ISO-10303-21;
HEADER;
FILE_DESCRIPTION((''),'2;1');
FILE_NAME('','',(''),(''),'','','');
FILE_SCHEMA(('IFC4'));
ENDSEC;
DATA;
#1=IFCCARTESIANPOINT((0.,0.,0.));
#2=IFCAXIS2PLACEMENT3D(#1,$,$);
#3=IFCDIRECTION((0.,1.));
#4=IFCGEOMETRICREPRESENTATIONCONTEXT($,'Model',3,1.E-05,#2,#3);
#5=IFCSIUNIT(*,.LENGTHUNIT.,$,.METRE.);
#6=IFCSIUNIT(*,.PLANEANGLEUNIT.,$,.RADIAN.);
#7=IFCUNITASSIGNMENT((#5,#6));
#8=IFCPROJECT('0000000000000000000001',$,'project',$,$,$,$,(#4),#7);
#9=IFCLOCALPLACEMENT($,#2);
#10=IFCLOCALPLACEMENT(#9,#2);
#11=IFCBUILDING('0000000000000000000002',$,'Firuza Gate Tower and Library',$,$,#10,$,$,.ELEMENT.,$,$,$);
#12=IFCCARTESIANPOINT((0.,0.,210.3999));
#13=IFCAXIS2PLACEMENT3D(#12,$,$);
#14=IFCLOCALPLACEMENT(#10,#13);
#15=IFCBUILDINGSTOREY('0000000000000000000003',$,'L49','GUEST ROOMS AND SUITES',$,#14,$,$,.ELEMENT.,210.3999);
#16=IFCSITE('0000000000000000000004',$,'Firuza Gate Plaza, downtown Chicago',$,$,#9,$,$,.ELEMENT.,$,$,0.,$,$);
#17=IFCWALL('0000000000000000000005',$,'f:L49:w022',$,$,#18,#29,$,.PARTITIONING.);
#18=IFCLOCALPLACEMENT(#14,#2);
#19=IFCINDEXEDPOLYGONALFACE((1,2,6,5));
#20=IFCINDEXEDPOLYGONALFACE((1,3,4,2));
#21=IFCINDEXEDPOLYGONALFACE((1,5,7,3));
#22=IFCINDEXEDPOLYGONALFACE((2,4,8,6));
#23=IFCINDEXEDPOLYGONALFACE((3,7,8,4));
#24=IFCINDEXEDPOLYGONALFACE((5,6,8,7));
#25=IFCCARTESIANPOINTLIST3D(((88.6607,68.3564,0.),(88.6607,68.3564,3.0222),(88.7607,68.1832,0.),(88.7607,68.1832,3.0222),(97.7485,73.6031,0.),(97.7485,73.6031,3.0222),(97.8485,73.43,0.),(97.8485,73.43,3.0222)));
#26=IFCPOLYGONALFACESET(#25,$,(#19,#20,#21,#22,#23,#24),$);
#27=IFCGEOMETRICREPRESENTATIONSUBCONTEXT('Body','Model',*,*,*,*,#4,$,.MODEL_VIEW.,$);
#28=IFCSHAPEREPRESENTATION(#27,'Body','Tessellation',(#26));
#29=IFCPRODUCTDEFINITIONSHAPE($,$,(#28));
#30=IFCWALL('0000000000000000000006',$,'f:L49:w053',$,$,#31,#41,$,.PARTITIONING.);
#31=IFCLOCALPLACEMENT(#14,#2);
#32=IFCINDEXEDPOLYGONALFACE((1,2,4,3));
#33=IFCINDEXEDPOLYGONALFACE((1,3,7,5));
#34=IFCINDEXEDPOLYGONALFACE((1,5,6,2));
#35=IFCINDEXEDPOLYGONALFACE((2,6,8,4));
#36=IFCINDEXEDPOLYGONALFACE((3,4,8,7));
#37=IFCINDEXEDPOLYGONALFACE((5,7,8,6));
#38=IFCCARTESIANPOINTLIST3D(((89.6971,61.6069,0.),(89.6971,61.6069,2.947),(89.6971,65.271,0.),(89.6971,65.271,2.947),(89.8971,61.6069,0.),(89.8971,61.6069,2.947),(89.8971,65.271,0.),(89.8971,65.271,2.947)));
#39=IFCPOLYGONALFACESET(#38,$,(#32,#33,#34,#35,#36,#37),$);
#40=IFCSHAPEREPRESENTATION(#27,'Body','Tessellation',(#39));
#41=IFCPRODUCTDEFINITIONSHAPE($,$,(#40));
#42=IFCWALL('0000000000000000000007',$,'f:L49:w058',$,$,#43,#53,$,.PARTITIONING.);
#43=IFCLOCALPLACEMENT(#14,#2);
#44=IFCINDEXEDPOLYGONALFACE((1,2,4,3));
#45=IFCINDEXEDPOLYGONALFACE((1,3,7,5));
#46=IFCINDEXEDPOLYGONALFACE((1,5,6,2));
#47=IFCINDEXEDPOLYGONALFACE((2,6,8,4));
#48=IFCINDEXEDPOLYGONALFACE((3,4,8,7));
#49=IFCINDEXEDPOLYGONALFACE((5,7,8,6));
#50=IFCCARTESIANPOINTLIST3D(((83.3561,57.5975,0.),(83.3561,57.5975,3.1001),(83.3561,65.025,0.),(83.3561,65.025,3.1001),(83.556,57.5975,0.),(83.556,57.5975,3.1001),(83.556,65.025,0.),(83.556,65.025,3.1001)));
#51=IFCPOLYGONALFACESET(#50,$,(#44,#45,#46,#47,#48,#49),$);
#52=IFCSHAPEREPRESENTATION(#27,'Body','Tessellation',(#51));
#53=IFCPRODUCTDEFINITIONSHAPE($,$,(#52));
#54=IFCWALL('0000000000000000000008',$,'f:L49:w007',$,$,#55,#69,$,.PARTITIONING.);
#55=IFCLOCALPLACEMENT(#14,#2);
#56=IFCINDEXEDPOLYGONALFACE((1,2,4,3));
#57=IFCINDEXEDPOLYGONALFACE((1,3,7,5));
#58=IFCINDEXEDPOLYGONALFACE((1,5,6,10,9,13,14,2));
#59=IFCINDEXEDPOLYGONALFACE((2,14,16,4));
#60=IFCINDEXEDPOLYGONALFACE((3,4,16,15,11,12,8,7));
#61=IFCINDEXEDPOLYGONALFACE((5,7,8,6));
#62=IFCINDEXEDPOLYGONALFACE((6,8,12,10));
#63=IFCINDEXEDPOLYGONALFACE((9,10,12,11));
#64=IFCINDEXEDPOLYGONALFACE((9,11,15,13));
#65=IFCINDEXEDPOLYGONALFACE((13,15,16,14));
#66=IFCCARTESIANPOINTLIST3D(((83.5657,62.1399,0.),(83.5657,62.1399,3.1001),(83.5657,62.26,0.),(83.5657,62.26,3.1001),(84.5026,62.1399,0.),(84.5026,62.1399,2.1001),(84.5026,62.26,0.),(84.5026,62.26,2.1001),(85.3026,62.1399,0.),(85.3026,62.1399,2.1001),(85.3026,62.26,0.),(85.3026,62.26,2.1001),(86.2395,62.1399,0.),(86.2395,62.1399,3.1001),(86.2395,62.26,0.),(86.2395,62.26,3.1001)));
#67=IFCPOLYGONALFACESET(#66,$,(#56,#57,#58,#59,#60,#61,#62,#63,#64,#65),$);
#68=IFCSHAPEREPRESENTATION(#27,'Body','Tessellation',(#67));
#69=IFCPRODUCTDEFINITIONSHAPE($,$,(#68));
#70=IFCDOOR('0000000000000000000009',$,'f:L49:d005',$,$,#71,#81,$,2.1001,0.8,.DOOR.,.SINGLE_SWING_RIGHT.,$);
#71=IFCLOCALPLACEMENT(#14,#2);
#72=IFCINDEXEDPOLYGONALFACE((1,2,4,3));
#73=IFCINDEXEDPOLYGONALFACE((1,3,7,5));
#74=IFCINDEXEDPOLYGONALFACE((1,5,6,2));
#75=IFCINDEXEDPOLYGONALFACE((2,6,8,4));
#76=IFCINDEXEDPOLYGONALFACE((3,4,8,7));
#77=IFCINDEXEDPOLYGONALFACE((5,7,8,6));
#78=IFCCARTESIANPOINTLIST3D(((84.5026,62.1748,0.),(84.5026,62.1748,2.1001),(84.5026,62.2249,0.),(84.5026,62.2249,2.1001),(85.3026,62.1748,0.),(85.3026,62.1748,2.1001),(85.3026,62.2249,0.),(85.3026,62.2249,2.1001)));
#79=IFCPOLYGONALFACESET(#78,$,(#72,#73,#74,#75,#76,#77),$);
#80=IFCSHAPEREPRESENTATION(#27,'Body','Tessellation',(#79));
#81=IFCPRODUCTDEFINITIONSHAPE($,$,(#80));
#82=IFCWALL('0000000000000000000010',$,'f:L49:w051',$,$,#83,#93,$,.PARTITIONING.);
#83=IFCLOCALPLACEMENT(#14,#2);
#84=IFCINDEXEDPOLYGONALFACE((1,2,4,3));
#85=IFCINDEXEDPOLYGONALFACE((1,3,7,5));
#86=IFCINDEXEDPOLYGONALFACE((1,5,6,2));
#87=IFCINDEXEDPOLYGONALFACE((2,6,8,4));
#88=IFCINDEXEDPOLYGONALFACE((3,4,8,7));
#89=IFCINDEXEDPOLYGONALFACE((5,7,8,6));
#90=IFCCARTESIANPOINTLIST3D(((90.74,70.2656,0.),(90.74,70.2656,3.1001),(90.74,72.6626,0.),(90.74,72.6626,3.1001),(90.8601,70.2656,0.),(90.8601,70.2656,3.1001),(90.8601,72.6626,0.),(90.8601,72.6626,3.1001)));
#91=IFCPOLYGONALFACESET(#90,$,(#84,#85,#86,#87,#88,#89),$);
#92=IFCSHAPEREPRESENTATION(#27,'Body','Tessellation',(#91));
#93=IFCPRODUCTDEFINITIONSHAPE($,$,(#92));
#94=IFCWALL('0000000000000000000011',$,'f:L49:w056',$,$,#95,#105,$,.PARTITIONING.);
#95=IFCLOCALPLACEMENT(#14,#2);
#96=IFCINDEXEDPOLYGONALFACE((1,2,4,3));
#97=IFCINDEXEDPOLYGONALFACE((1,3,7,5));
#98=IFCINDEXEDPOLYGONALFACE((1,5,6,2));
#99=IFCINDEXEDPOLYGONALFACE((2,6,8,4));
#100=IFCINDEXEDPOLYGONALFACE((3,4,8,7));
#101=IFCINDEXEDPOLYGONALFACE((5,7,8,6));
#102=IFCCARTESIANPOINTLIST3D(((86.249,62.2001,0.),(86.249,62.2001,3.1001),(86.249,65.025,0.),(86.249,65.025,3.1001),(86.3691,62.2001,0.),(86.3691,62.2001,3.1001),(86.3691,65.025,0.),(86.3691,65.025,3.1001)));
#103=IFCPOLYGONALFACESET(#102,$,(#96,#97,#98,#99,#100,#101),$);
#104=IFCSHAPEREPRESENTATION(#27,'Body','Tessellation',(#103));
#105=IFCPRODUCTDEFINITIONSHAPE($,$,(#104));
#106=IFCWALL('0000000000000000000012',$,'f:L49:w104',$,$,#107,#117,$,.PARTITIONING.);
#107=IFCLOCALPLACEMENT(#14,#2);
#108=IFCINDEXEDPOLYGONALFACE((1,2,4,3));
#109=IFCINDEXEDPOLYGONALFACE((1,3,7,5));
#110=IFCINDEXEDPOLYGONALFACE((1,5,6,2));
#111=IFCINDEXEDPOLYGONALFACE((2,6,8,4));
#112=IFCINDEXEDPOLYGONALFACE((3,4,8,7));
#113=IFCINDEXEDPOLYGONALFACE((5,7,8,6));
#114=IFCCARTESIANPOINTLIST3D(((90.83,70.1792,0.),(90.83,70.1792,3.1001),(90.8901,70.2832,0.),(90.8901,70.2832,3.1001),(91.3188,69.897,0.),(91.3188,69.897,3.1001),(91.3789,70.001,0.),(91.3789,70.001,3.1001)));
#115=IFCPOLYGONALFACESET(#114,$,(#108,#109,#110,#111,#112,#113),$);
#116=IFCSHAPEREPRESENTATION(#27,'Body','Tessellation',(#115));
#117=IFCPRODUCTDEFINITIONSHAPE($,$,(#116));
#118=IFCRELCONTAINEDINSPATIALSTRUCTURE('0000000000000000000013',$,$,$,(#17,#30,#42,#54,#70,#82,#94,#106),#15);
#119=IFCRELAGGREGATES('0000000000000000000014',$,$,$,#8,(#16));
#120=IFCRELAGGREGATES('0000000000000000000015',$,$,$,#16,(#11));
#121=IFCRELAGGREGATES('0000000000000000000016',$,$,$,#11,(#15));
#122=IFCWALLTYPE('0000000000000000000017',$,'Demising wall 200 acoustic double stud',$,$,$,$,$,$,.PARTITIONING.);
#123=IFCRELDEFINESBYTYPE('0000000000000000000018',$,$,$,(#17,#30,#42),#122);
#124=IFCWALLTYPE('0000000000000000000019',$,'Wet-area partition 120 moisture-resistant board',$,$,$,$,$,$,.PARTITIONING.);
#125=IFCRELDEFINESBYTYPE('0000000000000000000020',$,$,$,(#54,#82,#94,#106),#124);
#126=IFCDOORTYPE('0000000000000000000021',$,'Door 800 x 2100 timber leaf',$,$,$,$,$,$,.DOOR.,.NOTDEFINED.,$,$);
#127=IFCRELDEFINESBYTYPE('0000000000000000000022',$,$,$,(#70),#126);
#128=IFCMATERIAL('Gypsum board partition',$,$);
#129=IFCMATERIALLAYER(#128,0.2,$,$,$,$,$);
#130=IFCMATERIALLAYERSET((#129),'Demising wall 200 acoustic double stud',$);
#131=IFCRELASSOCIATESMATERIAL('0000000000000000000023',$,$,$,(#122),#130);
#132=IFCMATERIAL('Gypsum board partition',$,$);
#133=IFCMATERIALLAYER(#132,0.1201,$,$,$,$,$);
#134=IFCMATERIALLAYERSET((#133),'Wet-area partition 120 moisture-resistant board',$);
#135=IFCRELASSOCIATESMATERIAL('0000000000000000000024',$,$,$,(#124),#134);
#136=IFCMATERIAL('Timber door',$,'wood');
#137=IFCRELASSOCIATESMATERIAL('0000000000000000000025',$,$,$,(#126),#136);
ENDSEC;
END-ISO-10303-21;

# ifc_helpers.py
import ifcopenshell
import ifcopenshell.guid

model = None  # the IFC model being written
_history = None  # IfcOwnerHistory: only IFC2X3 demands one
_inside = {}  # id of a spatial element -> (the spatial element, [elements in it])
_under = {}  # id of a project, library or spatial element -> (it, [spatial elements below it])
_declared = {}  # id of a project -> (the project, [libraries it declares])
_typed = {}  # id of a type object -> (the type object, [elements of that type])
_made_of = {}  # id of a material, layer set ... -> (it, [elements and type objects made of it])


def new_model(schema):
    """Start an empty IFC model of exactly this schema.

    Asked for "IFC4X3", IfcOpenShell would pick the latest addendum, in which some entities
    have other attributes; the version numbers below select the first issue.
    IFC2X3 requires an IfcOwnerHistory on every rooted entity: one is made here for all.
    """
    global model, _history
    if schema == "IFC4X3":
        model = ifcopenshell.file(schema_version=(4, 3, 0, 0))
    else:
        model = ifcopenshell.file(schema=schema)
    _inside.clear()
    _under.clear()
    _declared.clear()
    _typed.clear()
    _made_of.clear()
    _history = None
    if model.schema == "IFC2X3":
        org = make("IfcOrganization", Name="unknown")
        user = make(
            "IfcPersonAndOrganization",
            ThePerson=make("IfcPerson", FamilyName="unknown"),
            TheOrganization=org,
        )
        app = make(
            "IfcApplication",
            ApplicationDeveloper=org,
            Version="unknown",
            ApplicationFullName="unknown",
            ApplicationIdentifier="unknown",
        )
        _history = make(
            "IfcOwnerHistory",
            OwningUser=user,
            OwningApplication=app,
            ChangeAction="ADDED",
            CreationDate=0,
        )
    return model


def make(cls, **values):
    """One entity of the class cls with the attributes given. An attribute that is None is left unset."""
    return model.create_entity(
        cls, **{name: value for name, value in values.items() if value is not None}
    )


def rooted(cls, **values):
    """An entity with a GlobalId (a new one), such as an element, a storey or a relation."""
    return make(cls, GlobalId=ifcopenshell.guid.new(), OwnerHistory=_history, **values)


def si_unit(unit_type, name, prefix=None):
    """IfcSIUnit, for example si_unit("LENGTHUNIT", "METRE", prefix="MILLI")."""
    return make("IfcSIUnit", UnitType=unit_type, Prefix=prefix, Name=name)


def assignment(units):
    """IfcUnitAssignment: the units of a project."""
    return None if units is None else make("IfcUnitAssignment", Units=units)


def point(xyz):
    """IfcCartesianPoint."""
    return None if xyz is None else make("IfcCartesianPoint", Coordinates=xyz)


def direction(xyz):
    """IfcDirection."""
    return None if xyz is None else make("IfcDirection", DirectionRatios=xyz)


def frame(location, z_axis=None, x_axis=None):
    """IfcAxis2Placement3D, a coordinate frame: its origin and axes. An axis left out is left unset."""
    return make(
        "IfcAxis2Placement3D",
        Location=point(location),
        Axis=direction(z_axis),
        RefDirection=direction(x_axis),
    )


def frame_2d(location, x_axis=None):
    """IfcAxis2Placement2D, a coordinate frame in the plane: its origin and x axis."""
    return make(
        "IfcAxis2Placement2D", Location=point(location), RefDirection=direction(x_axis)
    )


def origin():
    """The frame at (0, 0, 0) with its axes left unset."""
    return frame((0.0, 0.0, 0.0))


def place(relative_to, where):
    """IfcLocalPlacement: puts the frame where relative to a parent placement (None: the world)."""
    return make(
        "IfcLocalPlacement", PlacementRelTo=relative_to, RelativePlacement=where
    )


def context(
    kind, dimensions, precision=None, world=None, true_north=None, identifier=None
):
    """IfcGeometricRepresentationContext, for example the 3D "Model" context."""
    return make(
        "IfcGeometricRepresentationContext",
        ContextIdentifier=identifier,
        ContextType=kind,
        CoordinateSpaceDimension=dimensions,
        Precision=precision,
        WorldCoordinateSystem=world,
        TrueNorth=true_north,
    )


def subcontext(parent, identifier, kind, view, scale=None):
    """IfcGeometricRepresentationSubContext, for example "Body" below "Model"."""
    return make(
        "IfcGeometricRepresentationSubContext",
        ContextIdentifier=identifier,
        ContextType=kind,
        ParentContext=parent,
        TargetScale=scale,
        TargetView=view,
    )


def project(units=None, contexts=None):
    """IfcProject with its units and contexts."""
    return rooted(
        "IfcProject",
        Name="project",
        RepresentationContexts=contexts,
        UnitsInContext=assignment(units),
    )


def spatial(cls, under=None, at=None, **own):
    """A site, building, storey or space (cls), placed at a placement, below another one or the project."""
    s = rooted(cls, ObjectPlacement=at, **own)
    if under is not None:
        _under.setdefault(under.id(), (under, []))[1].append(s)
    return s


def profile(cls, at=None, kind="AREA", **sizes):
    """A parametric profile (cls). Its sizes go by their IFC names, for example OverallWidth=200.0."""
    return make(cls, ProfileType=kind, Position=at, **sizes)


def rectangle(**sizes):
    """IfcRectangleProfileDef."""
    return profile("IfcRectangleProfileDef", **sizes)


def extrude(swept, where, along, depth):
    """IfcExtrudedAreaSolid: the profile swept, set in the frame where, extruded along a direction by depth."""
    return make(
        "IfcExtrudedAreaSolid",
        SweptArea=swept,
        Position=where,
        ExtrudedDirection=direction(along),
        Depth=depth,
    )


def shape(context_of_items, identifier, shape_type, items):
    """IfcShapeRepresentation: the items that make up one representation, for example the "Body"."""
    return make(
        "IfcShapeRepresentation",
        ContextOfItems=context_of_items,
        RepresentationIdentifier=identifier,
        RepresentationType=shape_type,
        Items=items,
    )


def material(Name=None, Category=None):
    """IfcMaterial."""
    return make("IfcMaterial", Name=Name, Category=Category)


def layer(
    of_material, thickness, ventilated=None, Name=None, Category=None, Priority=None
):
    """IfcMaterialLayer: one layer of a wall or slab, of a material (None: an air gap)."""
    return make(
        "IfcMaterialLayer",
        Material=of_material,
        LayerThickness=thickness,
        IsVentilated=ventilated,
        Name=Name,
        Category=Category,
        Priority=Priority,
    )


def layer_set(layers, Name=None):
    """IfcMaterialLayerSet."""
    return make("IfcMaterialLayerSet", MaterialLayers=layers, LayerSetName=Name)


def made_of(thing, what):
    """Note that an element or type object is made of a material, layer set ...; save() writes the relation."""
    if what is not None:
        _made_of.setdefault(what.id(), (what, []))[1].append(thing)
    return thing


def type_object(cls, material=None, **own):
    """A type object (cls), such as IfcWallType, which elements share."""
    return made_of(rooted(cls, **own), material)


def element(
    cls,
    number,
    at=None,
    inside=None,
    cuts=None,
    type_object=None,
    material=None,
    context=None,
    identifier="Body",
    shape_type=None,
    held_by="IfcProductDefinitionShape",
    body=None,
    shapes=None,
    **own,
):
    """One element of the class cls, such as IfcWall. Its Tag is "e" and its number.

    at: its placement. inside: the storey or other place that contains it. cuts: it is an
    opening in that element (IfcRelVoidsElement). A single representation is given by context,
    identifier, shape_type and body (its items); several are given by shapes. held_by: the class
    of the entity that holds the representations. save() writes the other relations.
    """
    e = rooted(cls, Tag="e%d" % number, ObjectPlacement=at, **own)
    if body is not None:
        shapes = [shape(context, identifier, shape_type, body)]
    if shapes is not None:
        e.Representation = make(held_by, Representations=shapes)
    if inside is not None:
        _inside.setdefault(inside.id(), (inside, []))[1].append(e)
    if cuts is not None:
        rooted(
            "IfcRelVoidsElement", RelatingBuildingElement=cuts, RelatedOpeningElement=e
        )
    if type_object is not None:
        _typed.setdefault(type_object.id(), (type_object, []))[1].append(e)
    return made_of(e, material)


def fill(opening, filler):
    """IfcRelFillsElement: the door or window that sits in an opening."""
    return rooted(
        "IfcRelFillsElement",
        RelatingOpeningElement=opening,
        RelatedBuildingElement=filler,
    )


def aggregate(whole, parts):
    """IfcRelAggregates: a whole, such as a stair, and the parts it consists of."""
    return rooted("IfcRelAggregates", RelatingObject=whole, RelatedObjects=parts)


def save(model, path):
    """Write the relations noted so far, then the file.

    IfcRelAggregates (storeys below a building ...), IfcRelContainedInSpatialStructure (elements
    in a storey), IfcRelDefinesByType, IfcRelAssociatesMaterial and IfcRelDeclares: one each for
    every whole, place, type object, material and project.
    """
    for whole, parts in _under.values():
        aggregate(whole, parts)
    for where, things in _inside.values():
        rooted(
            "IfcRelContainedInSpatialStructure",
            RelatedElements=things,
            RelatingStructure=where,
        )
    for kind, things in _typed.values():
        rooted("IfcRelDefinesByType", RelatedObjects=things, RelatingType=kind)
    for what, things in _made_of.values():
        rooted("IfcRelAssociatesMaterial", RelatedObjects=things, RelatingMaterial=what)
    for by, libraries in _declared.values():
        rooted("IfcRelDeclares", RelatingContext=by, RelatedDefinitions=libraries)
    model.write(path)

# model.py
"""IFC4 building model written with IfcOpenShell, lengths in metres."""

from ifc_helpers import new_model, si_unit, direction, frame, frame_2d, origin, place, context, subcontext, project, spatial, rectangle, extrude, material, layer, layer_set, type_object, element, fill, save


model = new_model("IFC4")

# Units and contexts
model_context = context("Model", 3, precision=1e-05, world=origin(), true_north=direction((0.0, 1.0)))
body_context = subcontext(model_context, "Body", "Model", "MODEL_VIEW")
ifc_project = project(units=[si_unit("LENGTHUNIT", "METRE"), si_unit("PLANEANGLEUNIT", "RADIAN")], contexts=[model_context])

# Site, building, storey
site_placement = place(None, origin())
site = spatial("IfcSite", under=ifc_project, at=site_placement, Name="Firuza Gate Plaza, downtown Chicago", CompositionType="ELEMENT", RefElevation=0.0)
building_placement = place(site_placement, origin())
building = spatial("IfcBuilding", under=site, at=building_placement, Name="Firuza Gate Tower and Library", CompositionType="ELEMENT")
storey_placement = place(building_placement, frame((0.0, 0.0, 210.3999)))
storey = spatial("IfcBuildingStorey", under=building, at=storey_placement, Name="L49", Description="GUEST ROOMS AND SUITES", CompositionType="ELEMENT", Elevation=210.3999)

# Walls
ifc_material_1 = material(Name="Gypsum board partition")
ifc_layer_1 = layer(ifc_material_1, 0.2)
ifc_layer_set_1 = layer_set([ifc_layer_1], Name="Demising wall 200 acoustic double stud")
wall_type_1 = type_object("IfcWallType", Name="Demising wall 200 acoustic double stud", PredefinedType="PARTITIONING", material=ifc_layer_set_1)
wall_1_placement = place(storey_placement, frame((88.7107, 68.2698, 0.0), z_axis=(0.0, 0.0, 1.0), x_axis=(0.866028, 0.499995, 0.0)))
element("IfcWall", 1, at=wall_1_placement, inside=storey, type_object=wall_type_1, Name="f:L49:w022", PredefinedType="PARTITIONING", context=body_context, shape_type="SweptSolid", body=[
    extrude(rectangle(XDim=10.4937, YDim=0.2, at=frame_2d((5.2468, 0.0))), origin(), (0.0, 0.0, 1.0), 3.0222),
])
wall_2_placement = place(storey_placement, frame((89.7971, 61.6069, 0.0), z_axis=(0.0, 0.0, 1.0), x_axis=(0.0, 1.0, 0.0)))
element("IfcWall", 2, at=wall_2_placement, inside=storey, type_object=wall_type_1, Name="f:L49:w053", PredefinedType="PARTITIONING", context=body_context, shape_type="SweptSolid", body=[
    extrude(rectangle(XDim=3.6641, YDim=0.2, at=frame_2d((1.832, 0.0))), origin(), (0.0, 0.0, 1.0), 2.947),
])
wall_3_placement = place(storey_placement, frame((83.4561, 57.5974, 0.0), z_axis=(0.0, 0.0, 1.0), x_axis=(0.0, 1.0, 0.0)))
element("IfcWall", 3, at=wall_3_placement, inside=storey, type_object=wall_type_1, Name="f:L49:w058", PredefinedType="PARTITIONING", context=body_context, shape_type="SweptSolid", body=[
    extrude(rectangle(XDim=7.4275, YDim=0.2, at=frame_2d((3.7139, 0.0))), origin(), (0.0, 0.0, 1.0), 3.1001),
])

# Wall, opening, door
ifc_material_2 = material(Name="Gypsum board partition")
ifc_layer_2 = layer(ifc_material_2, 0.1201)
ifc_layer_set_2 = layer_set([ifc_layer_2], Name="Wet-area partition 120 moisture-resistant board")
wall_type_2 = type_object("IfcWallType", Name="Wet-area partition 120 moisture-resistant board", PredefinedType="PARTITIONING", material=ifc_layer_set_2)
wall_4_placement = place(storey_placement, frame((83.5657, 62.2, 0.0), z_axis=(0.0, 0.0, 1.0), x_axis=(1.0, 0.0, 0.0)))
wall_4 = element("IfcWall", 4, at=wall_4_placement, inside=storey, type_object=wall_type_2, Name="f:L49:w007", PredefinedType="PARTITIONING", context=body_context, shape_type="SweptSolid", body=[
    extrude(rectangle(XDim=2.6738, YDim=0.1201, at=frame_2d((1.3369, 0.0))), origin(), (0.0, 0.0, 1.0), 3.1001),
])
opening_1_placement = place(wall_4_placement, frame((0.937, 0.0, 0.0)))
opening_1 = element("IfcOpeningElement", 5, at=opening_1_placement, cuts=wall_4, PredefinedType="OPENING", context=body_context, shape_type="SweptSolid", body=[
    extrude(rectangle(XDim=0.8, YDim=2.1001, at=frame_2d((0.3999, 1.05))), frame((0.0, 0.0701, 0.0), z_axis=(0.0, -1.0, 0.0), x_axis=(1.0, 0.0, 0.0)), (0.0, 0.0, 1.0), 0.1401),
])
ifc_material_3 = material(Name="Timber door", Category="wood")
door_type_1 = type_object("IfcDoorType", Name="Door 800 x 2100 timber leaf", OperationType="NOTDEFINED", PredefinedType="DOOR", material=ifc_material_3)
door_1_placement = place(opening_1_placement, origin())
door_1 = element("IfcDoor", 6, at=door_1_placement, inside=storey, type_object=door_type_1, Name="f:L49:d005", OperationType="SINGLE_SWING_RIGHT", OverallHeight=2.1001, OverallWidth=0.8, PredefinedType="DOOR", context=body_context, shape_type="SweptSolid", body=[
    extrude(rectangle(XDim=0.8, YDim=2.1001, at=frame_2d((0.3999, 1.05))), frame((0.0, 0.0249, 0.0), z_axis=(0.0, -1.0, 0.0), x_axis=(1.0, 0.0, 0.0)), (0.0, 0.0, 1.0), 0.05),
])
fill(opening_1, door_1)

# Walls
wall_5_placement = place(storey_placement, frame((90.8, 70.2656, 0.0), z_axis=(0.0, 0.0, 1.0), x_axis=(0.0, 1.0, 0.0)))
element("IfcWall", 7, at=wall_5_placement, inside=storey, type_object=wall_type_2, Name="f:L49:w051", PredefinedType="PARTITIONING", context=body_context, shape_type="SweptSolid", body=[
    extrude(rectangle(XDim=2.397, YDim=0.1201, at=frame_2d((1.1985, 0.0))), origin(), (0.0, 0.0, 1.0), 3.1001),
])
wall_6_placement = place(storey_placement, frame((86.3091, 62.2, 0.0), z_axis=(0.0, 0.0, 1.0), x_axis=(0.0, 1.0, 0.0)))
element("IfcWall", 8, at=wall_6_placement, inside=storey, type_object=wall_type_2, Name="f:L49:w056", PredefinedType="PARTITIONING", context=body_context, shape_type="SweptSolid", body=[
    extrude(rectangle(XDim=2.825, YDim=0.1201, at=frame_2d((1.4126, 0.0))), origin(), (0.0, 0.0, 1.0), 3.1001),
])
wall_7_placement = place(storey_placement, frame((91.3489, 69.949, 0.0), z_axis=(0.0, 0.0, 1.0), x_axis=(-0.865998, 0.500047, 0.0)))
element("IfcWall", 9, at=wall_7_placement, inside=storey, type_object=wall_type_2, Name="f:L49:w104", PredefinedType="PARTITIONING", context=body_context, shape_type="SweptSolid", body=[
    extrude(rectangle(XDim=0.5645, YDim=0.1201, at=frame_2d((0.2822, 0.0))), origin(), (0.0, 0.0, 1.0), 3.1001),
])

save(model, "model.ifc")
